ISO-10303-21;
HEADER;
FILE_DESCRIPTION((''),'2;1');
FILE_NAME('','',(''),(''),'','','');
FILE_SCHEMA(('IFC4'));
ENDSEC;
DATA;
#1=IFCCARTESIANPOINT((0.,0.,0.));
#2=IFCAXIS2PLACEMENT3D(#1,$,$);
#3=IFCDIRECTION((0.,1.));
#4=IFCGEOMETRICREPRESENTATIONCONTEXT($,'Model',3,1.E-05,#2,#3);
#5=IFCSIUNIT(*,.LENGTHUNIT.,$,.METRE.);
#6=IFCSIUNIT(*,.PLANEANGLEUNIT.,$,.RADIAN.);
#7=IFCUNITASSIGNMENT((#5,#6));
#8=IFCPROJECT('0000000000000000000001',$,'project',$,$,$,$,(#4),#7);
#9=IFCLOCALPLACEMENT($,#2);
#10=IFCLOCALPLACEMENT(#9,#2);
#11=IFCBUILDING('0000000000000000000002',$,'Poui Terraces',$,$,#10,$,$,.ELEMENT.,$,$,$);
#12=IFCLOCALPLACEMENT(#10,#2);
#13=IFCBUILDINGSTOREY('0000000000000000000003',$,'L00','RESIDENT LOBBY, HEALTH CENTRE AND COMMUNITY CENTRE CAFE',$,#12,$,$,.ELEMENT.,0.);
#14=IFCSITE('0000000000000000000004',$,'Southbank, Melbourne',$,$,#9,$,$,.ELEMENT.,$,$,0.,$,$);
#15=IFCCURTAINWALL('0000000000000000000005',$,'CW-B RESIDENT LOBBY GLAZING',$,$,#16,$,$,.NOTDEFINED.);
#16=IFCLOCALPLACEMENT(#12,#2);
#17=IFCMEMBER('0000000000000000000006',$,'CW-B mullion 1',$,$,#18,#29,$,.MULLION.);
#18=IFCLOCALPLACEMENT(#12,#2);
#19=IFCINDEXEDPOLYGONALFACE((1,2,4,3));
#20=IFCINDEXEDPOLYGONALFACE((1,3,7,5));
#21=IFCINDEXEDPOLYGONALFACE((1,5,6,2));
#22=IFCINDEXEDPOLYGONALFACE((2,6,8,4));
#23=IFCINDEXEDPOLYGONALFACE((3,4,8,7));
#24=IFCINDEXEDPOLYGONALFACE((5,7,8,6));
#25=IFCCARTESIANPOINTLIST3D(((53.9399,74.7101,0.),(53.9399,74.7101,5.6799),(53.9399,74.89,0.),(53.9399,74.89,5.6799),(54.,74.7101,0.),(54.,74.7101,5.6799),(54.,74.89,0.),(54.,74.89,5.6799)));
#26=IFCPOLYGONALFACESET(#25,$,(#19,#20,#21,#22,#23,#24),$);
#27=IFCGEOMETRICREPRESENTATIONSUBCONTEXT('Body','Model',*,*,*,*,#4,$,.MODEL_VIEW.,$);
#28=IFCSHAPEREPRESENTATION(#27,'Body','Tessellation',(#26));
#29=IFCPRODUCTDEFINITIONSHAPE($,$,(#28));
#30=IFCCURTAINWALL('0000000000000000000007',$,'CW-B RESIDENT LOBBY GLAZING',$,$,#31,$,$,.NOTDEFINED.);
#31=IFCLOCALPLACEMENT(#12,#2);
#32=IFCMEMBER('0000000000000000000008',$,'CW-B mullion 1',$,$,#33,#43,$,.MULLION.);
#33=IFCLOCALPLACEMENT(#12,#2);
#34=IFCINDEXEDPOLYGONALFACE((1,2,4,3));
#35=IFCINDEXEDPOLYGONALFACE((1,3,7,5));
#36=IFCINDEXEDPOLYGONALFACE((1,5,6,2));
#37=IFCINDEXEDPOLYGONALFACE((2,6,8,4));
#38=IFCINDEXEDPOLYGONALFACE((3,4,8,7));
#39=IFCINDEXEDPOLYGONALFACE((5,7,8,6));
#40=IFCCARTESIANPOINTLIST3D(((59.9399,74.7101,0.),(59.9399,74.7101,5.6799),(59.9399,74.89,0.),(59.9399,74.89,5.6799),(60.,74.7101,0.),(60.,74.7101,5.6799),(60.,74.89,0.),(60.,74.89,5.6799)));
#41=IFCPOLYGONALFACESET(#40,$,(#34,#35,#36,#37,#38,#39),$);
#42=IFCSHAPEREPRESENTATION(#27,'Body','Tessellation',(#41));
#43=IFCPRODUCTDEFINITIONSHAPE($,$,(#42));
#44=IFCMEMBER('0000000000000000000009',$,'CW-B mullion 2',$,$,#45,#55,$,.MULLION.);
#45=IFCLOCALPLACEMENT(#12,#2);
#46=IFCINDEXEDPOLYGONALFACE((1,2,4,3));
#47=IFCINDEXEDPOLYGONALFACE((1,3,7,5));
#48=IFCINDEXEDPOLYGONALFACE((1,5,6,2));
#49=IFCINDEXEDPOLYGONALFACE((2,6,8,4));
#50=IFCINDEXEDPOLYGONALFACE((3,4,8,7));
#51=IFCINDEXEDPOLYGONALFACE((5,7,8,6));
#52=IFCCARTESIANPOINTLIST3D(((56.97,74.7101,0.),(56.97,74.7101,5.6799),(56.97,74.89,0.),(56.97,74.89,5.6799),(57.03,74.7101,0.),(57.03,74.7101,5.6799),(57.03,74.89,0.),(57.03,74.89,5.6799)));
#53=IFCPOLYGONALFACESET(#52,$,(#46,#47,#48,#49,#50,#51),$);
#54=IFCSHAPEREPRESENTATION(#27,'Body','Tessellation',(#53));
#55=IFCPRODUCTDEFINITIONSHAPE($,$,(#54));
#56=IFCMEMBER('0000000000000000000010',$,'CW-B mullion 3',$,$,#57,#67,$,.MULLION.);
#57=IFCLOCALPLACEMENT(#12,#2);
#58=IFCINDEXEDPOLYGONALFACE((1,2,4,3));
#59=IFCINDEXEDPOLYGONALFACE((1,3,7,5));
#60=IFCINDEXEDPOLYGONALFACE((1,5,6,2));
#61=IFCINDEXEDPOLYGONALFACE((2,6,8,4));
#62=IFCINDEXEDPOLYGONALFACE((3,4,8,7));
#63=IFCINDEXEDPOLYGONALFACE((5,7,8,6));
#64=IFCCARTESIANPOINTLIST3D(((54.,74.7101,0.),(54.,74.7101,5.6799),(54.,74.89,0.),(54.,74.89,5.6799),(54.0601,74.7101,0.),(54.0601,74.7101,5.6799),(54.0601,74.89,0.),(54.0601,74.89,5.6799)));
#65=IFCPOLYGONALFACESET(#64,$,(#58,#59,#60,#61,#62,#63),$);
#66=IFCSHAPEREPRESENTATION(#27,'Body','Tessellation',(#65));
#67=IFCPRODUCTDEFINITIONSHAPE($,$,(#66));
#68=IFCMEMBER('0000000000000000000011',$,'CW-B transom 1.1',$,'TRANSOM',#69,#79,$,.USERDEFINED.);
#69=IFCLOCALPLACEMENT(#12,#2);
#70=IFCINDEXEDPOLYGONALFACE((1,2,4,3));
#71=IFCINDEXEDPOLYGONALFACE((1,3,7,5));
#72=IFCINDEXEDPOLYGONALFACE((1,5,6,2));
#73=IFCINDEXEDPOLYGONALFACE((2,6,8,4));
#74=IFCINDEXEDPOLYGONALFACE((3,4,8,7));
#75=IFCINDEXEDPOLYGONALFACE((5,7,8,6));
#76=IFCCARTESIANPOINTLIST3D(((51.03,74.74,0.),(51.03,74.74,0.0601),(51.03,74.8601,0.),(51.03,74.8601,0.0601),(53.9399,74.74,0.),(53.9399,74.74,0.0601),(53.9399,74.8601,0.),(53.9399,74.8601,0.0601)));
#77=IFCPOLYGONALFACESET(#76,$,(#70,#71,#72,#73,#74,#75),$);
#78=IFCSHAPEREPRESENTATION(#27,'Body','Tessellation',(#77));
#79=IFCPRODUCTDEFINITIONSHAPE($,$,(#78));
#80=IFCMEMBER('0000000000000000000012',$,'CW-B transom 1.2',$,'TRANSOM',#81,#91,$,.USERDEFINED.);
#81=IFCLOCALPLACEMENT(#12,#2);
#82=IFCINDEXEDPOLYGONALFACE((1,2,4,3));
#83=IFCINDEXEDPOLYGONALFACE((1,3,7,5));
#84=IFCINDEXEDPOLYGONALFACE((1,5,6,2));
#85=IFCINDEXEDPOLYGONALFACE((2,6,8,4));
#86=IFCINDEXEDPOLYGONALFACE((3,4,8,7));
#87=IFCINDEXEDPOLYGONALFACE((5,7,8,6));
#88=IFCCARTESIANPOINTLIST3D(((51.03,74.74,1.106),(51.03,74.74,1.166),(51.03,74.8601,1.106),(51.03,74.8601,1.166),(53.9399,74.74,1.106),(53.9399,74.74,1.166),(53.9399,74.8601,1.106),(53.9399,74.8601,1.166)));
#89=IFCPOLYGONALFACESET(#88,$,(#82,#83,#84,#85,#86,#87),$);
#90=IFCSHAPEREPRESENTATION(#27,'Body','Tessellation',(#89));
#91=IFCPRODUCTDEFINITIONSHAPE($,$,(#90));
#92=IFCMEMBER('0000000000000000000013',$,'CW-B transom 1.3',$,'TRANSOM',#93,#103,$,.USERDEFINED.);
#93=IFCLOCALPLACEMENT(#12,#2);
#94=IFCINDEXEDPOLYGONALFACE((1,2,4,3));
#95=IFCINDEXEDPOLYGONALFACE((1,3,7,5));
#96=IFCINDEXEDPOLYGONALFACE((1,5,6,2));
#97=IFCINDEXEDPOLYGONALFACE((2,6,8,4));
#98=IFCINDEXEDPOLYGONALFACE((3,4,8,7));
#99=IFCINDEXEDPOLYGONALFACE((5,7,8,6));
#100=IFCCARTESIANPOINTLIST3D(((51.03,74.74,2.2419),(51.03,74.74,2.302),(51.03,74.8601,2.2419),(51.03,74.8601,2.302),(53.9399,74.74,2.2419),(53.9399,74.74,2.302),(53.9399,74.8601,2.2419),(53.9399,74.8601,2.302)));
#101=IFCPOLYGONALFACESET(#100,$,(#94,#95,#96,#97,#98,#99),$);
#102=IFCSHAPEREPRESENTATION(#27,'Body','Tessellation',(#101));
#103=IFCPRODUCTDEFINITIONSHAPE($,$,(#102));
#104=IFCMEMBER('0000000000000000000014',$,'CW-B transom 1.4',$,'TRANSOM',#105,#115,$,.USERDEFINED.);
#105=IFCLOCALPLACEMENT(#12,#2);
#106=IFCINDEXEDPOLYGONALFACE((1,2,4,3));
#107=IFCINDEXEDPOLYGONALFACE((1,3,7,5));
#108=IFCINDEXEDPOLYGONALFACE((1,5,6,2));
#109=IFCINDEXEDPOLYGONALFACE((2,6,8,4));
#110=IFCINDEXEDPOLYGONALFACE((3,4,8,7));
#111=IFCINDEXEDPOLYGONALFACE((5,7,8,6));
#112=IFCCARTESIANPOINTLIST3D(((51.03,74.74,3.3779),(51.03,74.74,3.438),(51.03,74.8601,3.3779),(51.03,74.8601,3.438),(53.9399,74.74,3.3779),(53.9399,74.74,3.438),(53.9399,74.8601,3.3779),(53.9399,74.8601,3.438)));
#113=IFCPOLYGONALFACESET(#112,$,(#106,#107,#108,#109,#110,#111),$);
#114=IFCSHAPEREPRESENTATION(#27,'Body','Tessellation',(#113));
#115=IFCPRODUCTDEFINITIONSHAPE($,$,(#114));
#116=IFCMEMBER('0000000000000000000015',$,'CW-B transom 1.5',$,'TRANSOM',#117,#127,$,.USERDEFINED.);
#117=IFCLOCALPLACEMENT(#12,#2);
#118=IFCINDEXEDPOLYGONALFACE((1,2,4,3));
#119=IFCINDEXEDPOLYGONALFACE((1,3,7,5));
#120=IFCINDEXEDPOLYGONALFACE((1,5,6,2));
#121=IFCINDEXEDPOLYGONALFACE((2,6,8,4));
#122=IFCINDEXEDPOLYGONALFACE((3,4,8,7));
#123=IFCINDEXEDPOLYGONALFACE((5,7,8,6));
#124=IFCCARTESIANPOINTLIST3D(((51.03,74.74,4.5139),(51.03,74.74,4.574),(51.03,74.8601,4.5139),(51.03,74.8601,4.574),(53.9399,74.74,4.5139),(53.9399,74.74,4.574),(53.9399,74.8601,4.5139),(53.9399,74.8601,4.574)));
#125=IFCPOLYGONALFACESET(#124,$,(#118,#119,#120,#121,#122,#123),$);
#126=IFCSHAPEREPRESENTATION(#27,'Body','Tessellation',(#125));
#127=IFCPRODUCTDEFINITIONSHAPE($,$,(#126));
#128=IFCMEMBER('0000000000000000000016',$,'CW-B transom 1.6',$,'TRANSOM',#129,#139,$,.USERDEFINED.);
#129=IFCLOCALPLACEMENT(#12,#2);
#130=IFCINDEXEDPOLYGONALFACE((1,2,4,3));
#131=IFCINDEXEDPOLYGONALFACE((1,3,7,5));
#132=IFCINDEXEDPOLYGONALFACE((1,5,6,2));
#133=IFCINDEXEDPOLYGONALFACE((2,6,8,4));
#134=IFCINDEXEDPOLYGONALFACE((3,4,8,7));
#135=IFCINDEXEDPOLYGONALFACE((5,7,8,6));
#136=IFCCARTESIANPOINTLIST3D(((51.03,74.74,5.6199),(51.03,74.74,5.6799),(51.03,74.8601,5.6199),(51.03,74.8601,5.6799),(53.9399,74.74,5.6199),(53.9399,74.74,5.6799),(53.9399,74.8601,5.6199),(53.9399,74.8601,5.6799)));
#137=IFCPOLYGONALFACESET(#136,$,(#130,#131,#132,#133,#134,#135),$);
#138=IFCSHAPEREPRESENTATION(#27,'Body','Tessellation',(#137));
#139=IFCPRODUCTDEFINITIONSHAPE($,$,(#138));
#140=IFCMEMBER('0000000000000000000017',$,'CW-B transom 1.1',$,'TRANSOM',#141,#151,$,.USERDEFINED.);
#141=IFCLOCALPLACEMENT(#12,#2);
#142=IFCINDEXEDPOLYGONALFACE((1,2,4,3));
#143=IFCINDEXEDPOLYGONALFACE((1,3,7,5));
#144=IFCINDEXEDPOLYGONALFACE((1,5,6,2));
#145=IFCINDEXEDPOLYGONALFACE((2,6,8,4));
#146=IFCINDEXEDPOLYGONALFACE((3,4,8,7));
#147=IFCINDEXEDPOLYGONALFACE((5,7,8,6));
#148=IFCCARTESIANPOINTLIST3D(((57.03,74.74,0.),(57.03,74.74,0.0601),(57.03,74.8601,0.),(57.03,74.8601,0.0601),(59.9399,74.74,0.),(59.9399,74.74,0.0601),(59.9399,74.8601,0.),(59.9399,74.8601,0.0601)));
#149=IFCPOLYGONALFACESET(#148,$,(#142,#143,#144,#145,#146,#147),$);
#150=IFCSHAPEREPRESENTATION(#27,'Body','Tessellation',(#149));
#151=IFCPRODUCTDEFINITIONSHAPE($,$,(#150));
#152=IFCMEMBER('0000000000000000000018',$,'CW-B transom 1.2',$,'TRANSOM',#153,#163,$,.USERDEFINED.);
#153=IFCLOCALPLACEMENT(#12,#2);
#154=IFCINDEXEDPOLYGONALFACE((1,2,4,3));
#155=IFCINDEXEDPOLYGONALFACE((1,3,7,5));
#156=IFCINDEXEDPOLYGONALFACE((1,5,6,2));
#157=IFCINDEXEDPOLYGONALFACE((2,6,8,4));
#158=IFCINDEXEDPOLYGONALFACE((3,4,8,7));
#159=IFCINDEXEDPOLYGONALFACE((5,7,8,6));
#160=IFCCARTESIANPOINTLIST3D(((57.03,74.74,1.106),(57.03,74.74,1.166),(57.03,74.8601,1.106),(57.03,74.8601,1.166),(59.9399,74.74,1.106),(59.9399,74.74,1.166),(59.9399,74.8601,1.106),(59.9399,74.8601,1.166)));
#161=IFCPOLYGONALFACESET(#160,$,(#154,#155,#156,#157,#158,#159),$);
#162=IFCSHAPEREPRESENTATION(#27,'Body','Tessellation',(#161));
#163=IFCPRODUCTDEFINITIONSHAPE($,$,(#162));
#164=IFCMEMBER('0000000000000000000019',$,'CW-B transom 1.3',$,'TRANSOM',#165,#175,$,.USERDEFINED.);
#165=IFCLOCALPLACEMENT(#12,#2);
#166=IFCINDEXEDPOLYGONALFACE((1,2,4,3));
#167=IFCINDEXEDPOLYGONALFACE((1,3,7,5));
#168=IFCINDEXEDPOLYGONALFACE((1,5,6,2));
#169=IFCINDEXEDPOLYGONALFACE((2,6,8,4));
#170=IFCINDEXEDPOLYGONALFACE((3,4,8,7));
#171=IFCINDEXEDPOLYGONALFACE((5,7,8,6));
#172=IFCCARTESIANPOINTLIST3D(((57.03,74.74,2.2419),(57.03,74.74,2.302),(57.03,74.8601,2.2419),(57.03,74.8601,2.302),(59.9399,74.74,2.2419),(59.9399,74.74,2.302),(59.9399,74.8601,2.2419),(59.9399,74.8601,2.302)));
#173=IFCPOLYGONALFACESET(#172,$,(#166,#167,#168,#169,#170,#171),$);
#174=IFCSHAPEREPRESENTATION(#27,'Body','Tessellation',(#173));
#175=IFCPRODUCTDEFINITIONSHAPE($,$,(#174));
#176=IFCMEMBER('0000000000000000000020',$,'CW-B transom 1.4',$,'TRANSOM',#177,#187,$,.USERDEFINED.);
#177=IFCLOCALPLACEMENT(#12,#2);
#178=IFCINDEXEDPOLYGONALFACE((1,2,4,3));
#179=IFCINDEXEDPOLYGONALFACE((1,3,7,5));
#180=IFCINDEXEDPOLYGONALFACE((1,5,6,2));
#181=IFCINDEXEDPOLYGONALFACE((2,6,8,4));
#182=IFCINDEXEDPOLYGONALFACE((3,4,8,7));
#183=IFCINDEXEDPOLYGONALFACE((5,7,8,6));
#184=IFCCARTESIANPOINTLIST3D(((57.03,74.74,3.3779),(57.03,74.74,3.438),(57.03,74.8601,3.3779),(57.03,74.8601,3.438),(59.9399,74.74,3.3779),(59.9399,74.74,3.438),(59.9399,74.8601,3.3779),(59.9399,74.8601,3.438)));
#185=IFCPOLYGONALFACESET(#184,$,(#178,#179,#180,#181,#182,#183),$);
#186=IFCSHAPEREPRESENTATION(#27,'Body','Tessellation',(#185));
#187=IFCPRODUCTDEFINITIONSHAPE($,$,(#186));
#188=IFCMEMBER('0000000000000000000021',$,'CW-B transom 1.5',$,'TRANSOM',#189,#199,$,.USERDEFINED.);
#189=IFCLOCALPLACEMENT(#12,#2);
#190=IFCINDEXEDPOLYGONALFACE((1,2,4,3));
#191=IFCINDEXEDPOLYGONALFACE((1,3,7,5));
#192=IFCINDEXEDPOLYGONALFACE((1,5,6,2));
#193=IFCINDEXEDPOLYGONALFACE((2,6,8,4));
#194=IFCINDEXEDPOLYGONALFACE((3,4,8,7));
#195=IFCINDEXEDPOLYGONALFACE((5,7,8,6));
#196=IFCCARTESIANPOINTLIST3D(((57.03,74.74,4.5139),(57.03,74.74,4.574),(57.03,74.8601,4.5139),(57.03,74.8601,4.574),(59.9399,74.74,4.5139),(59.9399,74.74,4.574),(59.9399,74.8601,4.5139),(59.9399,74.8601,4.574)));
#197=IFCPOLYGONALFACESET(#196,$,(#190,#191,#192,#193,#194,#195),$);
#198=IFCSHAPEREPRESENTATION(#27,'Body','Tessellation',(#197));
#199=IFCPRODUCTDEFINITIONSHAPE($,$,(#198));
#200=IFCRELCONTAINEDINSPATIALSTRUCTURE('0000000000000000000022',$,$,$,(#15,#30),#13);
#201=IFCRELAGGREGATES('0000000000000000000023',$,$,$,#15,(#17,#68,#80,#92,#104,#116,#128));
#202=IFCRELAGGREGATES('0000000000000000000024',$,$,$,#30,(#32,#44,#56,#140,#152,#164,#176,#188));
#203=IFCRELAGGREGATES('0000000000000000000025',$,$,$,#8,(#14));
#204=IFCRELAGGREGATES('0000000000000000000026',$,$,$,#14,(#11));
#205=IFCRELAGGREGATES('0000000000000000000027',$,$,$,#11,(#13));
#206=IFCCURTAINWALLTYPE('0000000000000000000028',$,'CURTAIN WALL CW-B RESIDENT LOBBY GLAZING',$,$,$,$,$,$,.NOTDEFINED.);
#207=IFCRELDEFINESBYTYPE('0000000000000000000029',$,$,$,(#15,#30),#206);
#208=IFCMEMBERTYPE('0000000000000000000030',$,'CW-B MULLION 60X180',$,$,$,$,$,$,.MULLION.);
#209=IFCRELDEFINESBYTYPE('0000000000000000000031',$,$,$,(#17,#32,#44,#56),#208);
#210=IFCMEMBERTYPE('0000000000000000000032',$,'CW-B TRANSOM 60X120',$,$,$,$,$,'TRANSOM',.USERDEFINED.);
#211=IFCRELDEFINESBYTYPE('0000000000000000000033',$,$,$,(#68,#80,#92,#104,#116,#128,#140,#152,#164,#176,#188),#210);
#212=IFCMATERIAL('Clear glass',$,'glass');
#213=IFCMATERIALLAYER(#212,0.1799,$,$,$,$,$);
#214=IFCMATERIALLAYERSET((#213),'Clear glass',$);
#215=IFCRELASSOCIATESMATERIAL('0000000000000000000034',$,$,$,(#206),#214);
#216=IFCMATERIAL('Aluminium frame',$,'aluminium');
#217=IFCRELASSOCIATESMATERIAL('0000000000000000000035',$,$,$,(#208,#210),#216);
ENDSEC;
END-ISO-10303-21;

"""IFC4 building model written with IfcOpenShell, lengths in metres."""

from ifc_helpers import new_model, si_unit, direction, frame, origin, origin_2d, place, context, subcontext, project, spatial, rectangle, extrude, material, layer, layer_set, material_profile, profile_set, type_object, element, aggregate, save


model = new_model("IFC4")

# Units and contexts
model_context = context("Model", 3, precision=1e-05, world=origin(), true_north=direction((0.0, 1.0)))
body_context = subcontext(model_context, "Body", "Model", "MODEL_VIEW")
ifc_project = project(units=[si_unit("LENGTHUNIT", "METRE"), si_unit("PLANEANGLEUNIT", "RADIAN")], contexts=[model_context])

# Site, building, storey
site_placement = place(None, origin())
site = spatial("IfcSite", under=ifc_project, at=site_placement, Name="Southbank, Melbourne", CompositionType="ELEMENT", RefElevation=0.0)
building_placement = place(site_placement, origin())
building = spatial("IfcBuilding", under=site, at=building_placement, Name="Poui Terraces", CompositionType="ELEMENT")
storey_placement = place(building_placement, origin())
storey = spatial("IfcBuildingStorey", under=building, at=storey_placement, Name="L00", Description="RESIDENT LOBBY, HEALTH CENTRE AND COMMUNITY CENTRE CAFE", CompositionType="ELEMENT", Elevation=0.0)

# Curtain wall, member
ifc_material_1 = material(Name="Clear glass", Category="glass")
ifc_layer_1 = layer(ifc_material_1, 0.1799)
ifc_layer_set_1 = layer_set([ifc_layer_1], Name="Clear glass")
curtain_wall_type = type_object("IfcCurtainWallType", Name="CURTAIN WALL CW-B RESIDENT LOBBY GLAZING", PredefinedType="NOTDEFINED", material=ifc_layer_set_1)
curtain_wall_1_placement = place(storey_placement, origin())
curtain_wall_1 = element("IfcCurtainWall", 1, at=curtain_wall_1_placement, inside=storey, type_object=curtain_wall_type, Name="CW-B RESIDENT LOBBY GLAZING", PredefinedType="NOTDEFINED")
ifc_material_2 = material(Name="Aluminium frame", Category="aluminium")
ifc_material_profile_1 = material_profile(ifc_material_2, rectangle(XDim=0.1799, YDim=0.0601, at=origin_2d()), Name="CW-B MULLION 60X180")
ifc_profile_set_1 = profile_set([ifc_material_profile_1], Name="Aluminium frame")
member_type_1 = type_object("IfcMemberType", Name="CW-B MULLION 60X180", PredefinedType="MULLION", material=ifc_profile_set_1)
member_1_placement = place(storey_placement, frame((53.97, 74.8, 0.0), z_axis=(0.0, 0.0, 1.0), x_axis=(0.0, -1.0, 0.0)))
member_1 = element("IfcMember", 2, at=member_1_placement, type_object=member_type_1, Name="CW-B mullion 1", PredefinedType="MULLION", context=body_context, shape_type="SweptSolid", body=[
    extrude(rectangle(XDim=0.1799, YDim=0.0601, at=origin_2d()), origin(), (0.0, 0.0, 1.0), 5.6799),
])

# Curtain wall, members
curtain_wall_2_placement = place(storey_placement, origin())
curtain_wall_2 = element("IfcCurtainWall", 3, at=curtain_wall_2_placement, inside=storey, type_object=curtain_wall_type, Name="CW-B RESIDENT LOBBY GLAZING", PredefinedType="NOTDEFINED")
member_2_placement = place(storey_placement, frame((59.97, 74.8, 0.0), z_axis=(0.0, 0.0, 1.0), x_axis=(0.0, -1.0, 0.0)))
member_2 = element("IfcMember", 4, at=member_2_placement, type_object=member_type_1, Name="CW-B mullion 1", PredefinedType="MULLION", context=body_context, shape_type="SweptSolid", body=[
    extrude(rectangle(XDim=0.1799, YDim=0.0601, at=origin_2d()), origin(), (0.0, 0.0, 1.0), 5.6799),
])
member_3_placement = place(storey_placement, frame((57.0, 74.8, 0.0), z_axis=(0.0, 0.0, 1.0), x_axis=(0.0, -1.0, 0.0)))
member_3 = element("IfcMember", 5, at=member_3_placement, type_object=member_type_1, Name="CW-B mullion 2", PredefinedType="MULLION", context=body_context, shape_type="SweptSolid", body=[
    extrude(rectangle(XDim=0.1799, YDim=0.0601, at=origin_2d()), origin(), (0.0, 0.0, 1.0), 5.6799),
])
member_4_placement = place(storey_placement, frame((54.03, 74.8, 0.0), z_axis=(0.0, 0.0, 1.0), x_axis=(0.0, -1.0, 0.0)))
member_4 = element("IfcMember", 6, at=member_4_placement, type_object=member_type_1, Name="CW-B mullion 3", PredefinedType="MULLION", context=body_context, shape_type="SweptSolid", body=[
    extrude(rectangle(XDim=0.1799, YDim=0.0601, at=origin_2d()), origin(), (0.0, 0.0, 1.0), 5.6799),
])

# Members
ifc_material_profile_2 = material_profile(ifc_material_2, rectangle(XDim=0.1201, YDim=0.0601, at=origin_2d()), Name="CW-B TRANSOM 60X120")
ifc_profile_set_2 = profile_set([ifc_material_profile_2], Name="Aluminium frame")
member_type_2 = type_object("IfcMemberType", Name="CW-B TRANSOM 60X120", ElementType="TRANSOM", PredefinedType="USERDEFINED", material=ifc_profile_set_2)
member_5_placement = place(storey_placement, frame((53.9399, 74.8, 0.03), z_axis=(-1.0, 0.0, 0.0), x_axis=(0.0, -1.0, 0.0)))
member_5 = element("IfcMember", 7, at=member_5_placement, type_object=member_type_2, Name="CW-B transom 1.1", ObjectType="TRANSOM", PredefinedType="USERDEFINED", context=body_context, shape_type="SweptSolid", body=[
    extrude(rectangle(XDim=0.1201, YDim=0.0601, at=origin_2d()), origin(), (0.0, 0.0, 1.0), 2.9099),
])
member_6_placement = place(storey_placement, frame((53.9399, 74.8, 1.136), z_axis=(-1.0, 0.0, 0.0), x_axis=(0.0, -1.0, 0.0)))
member_6 = element("IfcMember", 8, at=member_6_placement, type_object=member_type_2, Name="CW-B transom 1.2", ObjectType="TRANSOM", PredefinedType="USERDEFINED", context=body_context, shape_type="SweptSolid", body=[
    extrude(rectangle(XDim=0.1201, YDim=0.0601, at=origin_2d()), origin(), (0.0, 0.0, 1.0), 2.9099),
])
member_7_placement = place(storey_placement, frame((53.9399, 74.8, 2.272), z_axis=(-1.0, 0.0, 0.0), x_axis=(0.0, -1.0, 0.0)))
member_7 = element("IfcMember", 9, at=member_7_placement, type_object=member_type_2, Name="CW-B transom 1.3", ObjectType="TRANSOM", PredefinedType="USERDEFINED", context=body_context, shape_type="SweptSolid", body=[
    extrude(rectangle(XDim=0.1201, YDim=0.0601, at=origin_2d()), origin(), (0.0, 0.0, 1.0), 2.9099),
])
member_8_placement = place(storey_placement, frame((53.9399, 74.8, 3.408), z_axis=(-1.0, 0.0, 0.0), x_axis=(0.0, -1.0, 0.0)))
member_8 = element("IfcMember", 10, at=member_8_placement, type_object=member_type_2, Name="CW-B transom 1.4", ObjectType="TRANSOM", PredefinedType="USERDEFINED", context=body_context, shape_type="SweptSolid", body=[
    extrude(rectangle(XDim=0.1201, YDim=0.0601, at=origin_2d()), origin(), (0.0, 0.0, 1.0), 2.9099),
])
member_9_placement = place(storey_placement, frame((53.9399, 74.8, 4.5439), z_axis=(-1.0, 0.0, 0.0), x_axis=(0.0, -1.0, 0.0)))
member_9 = element("IfcMember", 11, at=member_9_placement, type_object=member_type_2, Name="CW-B transom 1.5", ObjectType="TRANSOM", PredefinedType="USERDEFINED", context=body_context, shape_type="SweptSolid", body=[
    extrude(rectangle(XDim=0.1201, YDim=0.0601, at=origin_2d()), origin(), (0.0, 0.0, 1.0), 2.9099),
])
member_10_placement = place(storey_placement, frame((53.9399, 74.8, 5.6499), z_axis=(-1.0, 0.0, 0.0), x_axis=(0.0, -1.0, 0.0)))
member_10 = element("IfcMember", 12, at=member_10_placement, type_object=member_type_2, Name="CW-B transom 1.6", ObjectType="TRANSOM", PredefinedType="USERDEFINED", context=body_context, shape_type="SweptSolid", body=[
    extrude(rectangle(XDim=0.1201, YDim=0.0601, at=origin_2d()), origin(), (0.0, 0.0, 1.0), 2.9099),
])
aggregate(curtain_wall_1, [member_1, member_5, member_6, member_7, member_8, member_9, member_10])
member_11_placement = place(storey_placement, frame((59.9399, 74.8, 0.03), z_axis=(-1.0, 0.0, 0.0), x_axis=(0.0, -1.0, 0.0)))
member_11 = element("IfcMember", 13, at=member_11_placement, type_object=member_type_2, Name="CW-B transom 1.1", ObjectType="TRANSOM", PredefinedType="USERDEFINED", context=body_context, shape_type="SweptSolid", body=[
    extrude(rectangle(XDim=0.1201, YDim=0.0601, at=origin_2d()), origin(), (0.0, 0.0, 1.0), 2.9099),
])
member_12_placement = place(storey_placement, frame((59.9399, 74.8, 1.136), z_axis=(-1.0, 0.0, 0.0), x_axis=(0.0, -1.0, 0.0)))
member_12 = element("IfcMember", 14, at=member_12_placement, type_object=member_type_2, Name="CW-B transom 1.2", ObjectType="TRANSOM", PredefinedType="USERDEFINED", context=body_context, shape_type="SweptSolid", body=[
    extrude(rectangle(XDim=0.1201, YDim=0.0601, at=origin_2d()), origin(), (0.0, 0.0, 1.0), 2.9099),
])
member_13_placement = place(storey_placement, frame((59.9399, 74.8, 2.272), z_axis=(-1.0, 0.0, 0.0), x_axis=(0.0, -1.0, 0.0)))
member_13 = element("IfcMember", 15, at=member_13_placement, type_object=member_type_2, Name="CW-B transom 1.3", ObjectType="TRANSOM", PredefinedType="USERDEFINED", context=body_context, shape_type="SweptSolid", body=[
    extrude(rectangle(XDim=0.1201, YDim=0.0601, at=origin_2d()), origin(), (0.0, 0.0, 1.0), 2.9099),
])
member_14_placement = place(storey_placement, frame((59.9399, 74.8, 3.408), z_axis=(-1.0, 0.0, 0.0), x_axis=(0.0, -1.0, 0.0)))
member_14 = element("IfcMember", 16, at=member_14_placement, type_object=member_type_2, Name="CW-B transom 1.4", ObjectType="TRANSOM", PredefinedType="USERDEFINED", context=body_context, shape_type="SweptSolid", body=[
    extrude(rectangle(XDim=0.1201, YDim=0.0601, at=origin_2d()), origin(), (0.0, 0.0, 1.0), 2.9099),
])
member_15_placement = place(storey_placement, frame((59.9399, 74.8, 4.5439), z_axis=(-1.0, 0.0, 0.0), x_axis=(0.0, -1.0, 0.0)))
member_15 = element("IfcMember", 17, at=member_15_placement, type_object=member_type_2, Name="CW-B transom 1.5", ObjectType="TRANSOM", PredefinedType="USERDEFINED", context=body_context, shape_type="SweptSolid", body=[
    extrude(rectangle(XDim=0.1201, YDim=0.0601, at=origin_2d()), origin(), (0.0, 0.0, 1.0), 2.9099),
])

aggregate(curtain_wall_2, [member_2, member_3, member_4, member_11, member_12, member_13, member_14, member_15])

save(model, "model.ifc")
